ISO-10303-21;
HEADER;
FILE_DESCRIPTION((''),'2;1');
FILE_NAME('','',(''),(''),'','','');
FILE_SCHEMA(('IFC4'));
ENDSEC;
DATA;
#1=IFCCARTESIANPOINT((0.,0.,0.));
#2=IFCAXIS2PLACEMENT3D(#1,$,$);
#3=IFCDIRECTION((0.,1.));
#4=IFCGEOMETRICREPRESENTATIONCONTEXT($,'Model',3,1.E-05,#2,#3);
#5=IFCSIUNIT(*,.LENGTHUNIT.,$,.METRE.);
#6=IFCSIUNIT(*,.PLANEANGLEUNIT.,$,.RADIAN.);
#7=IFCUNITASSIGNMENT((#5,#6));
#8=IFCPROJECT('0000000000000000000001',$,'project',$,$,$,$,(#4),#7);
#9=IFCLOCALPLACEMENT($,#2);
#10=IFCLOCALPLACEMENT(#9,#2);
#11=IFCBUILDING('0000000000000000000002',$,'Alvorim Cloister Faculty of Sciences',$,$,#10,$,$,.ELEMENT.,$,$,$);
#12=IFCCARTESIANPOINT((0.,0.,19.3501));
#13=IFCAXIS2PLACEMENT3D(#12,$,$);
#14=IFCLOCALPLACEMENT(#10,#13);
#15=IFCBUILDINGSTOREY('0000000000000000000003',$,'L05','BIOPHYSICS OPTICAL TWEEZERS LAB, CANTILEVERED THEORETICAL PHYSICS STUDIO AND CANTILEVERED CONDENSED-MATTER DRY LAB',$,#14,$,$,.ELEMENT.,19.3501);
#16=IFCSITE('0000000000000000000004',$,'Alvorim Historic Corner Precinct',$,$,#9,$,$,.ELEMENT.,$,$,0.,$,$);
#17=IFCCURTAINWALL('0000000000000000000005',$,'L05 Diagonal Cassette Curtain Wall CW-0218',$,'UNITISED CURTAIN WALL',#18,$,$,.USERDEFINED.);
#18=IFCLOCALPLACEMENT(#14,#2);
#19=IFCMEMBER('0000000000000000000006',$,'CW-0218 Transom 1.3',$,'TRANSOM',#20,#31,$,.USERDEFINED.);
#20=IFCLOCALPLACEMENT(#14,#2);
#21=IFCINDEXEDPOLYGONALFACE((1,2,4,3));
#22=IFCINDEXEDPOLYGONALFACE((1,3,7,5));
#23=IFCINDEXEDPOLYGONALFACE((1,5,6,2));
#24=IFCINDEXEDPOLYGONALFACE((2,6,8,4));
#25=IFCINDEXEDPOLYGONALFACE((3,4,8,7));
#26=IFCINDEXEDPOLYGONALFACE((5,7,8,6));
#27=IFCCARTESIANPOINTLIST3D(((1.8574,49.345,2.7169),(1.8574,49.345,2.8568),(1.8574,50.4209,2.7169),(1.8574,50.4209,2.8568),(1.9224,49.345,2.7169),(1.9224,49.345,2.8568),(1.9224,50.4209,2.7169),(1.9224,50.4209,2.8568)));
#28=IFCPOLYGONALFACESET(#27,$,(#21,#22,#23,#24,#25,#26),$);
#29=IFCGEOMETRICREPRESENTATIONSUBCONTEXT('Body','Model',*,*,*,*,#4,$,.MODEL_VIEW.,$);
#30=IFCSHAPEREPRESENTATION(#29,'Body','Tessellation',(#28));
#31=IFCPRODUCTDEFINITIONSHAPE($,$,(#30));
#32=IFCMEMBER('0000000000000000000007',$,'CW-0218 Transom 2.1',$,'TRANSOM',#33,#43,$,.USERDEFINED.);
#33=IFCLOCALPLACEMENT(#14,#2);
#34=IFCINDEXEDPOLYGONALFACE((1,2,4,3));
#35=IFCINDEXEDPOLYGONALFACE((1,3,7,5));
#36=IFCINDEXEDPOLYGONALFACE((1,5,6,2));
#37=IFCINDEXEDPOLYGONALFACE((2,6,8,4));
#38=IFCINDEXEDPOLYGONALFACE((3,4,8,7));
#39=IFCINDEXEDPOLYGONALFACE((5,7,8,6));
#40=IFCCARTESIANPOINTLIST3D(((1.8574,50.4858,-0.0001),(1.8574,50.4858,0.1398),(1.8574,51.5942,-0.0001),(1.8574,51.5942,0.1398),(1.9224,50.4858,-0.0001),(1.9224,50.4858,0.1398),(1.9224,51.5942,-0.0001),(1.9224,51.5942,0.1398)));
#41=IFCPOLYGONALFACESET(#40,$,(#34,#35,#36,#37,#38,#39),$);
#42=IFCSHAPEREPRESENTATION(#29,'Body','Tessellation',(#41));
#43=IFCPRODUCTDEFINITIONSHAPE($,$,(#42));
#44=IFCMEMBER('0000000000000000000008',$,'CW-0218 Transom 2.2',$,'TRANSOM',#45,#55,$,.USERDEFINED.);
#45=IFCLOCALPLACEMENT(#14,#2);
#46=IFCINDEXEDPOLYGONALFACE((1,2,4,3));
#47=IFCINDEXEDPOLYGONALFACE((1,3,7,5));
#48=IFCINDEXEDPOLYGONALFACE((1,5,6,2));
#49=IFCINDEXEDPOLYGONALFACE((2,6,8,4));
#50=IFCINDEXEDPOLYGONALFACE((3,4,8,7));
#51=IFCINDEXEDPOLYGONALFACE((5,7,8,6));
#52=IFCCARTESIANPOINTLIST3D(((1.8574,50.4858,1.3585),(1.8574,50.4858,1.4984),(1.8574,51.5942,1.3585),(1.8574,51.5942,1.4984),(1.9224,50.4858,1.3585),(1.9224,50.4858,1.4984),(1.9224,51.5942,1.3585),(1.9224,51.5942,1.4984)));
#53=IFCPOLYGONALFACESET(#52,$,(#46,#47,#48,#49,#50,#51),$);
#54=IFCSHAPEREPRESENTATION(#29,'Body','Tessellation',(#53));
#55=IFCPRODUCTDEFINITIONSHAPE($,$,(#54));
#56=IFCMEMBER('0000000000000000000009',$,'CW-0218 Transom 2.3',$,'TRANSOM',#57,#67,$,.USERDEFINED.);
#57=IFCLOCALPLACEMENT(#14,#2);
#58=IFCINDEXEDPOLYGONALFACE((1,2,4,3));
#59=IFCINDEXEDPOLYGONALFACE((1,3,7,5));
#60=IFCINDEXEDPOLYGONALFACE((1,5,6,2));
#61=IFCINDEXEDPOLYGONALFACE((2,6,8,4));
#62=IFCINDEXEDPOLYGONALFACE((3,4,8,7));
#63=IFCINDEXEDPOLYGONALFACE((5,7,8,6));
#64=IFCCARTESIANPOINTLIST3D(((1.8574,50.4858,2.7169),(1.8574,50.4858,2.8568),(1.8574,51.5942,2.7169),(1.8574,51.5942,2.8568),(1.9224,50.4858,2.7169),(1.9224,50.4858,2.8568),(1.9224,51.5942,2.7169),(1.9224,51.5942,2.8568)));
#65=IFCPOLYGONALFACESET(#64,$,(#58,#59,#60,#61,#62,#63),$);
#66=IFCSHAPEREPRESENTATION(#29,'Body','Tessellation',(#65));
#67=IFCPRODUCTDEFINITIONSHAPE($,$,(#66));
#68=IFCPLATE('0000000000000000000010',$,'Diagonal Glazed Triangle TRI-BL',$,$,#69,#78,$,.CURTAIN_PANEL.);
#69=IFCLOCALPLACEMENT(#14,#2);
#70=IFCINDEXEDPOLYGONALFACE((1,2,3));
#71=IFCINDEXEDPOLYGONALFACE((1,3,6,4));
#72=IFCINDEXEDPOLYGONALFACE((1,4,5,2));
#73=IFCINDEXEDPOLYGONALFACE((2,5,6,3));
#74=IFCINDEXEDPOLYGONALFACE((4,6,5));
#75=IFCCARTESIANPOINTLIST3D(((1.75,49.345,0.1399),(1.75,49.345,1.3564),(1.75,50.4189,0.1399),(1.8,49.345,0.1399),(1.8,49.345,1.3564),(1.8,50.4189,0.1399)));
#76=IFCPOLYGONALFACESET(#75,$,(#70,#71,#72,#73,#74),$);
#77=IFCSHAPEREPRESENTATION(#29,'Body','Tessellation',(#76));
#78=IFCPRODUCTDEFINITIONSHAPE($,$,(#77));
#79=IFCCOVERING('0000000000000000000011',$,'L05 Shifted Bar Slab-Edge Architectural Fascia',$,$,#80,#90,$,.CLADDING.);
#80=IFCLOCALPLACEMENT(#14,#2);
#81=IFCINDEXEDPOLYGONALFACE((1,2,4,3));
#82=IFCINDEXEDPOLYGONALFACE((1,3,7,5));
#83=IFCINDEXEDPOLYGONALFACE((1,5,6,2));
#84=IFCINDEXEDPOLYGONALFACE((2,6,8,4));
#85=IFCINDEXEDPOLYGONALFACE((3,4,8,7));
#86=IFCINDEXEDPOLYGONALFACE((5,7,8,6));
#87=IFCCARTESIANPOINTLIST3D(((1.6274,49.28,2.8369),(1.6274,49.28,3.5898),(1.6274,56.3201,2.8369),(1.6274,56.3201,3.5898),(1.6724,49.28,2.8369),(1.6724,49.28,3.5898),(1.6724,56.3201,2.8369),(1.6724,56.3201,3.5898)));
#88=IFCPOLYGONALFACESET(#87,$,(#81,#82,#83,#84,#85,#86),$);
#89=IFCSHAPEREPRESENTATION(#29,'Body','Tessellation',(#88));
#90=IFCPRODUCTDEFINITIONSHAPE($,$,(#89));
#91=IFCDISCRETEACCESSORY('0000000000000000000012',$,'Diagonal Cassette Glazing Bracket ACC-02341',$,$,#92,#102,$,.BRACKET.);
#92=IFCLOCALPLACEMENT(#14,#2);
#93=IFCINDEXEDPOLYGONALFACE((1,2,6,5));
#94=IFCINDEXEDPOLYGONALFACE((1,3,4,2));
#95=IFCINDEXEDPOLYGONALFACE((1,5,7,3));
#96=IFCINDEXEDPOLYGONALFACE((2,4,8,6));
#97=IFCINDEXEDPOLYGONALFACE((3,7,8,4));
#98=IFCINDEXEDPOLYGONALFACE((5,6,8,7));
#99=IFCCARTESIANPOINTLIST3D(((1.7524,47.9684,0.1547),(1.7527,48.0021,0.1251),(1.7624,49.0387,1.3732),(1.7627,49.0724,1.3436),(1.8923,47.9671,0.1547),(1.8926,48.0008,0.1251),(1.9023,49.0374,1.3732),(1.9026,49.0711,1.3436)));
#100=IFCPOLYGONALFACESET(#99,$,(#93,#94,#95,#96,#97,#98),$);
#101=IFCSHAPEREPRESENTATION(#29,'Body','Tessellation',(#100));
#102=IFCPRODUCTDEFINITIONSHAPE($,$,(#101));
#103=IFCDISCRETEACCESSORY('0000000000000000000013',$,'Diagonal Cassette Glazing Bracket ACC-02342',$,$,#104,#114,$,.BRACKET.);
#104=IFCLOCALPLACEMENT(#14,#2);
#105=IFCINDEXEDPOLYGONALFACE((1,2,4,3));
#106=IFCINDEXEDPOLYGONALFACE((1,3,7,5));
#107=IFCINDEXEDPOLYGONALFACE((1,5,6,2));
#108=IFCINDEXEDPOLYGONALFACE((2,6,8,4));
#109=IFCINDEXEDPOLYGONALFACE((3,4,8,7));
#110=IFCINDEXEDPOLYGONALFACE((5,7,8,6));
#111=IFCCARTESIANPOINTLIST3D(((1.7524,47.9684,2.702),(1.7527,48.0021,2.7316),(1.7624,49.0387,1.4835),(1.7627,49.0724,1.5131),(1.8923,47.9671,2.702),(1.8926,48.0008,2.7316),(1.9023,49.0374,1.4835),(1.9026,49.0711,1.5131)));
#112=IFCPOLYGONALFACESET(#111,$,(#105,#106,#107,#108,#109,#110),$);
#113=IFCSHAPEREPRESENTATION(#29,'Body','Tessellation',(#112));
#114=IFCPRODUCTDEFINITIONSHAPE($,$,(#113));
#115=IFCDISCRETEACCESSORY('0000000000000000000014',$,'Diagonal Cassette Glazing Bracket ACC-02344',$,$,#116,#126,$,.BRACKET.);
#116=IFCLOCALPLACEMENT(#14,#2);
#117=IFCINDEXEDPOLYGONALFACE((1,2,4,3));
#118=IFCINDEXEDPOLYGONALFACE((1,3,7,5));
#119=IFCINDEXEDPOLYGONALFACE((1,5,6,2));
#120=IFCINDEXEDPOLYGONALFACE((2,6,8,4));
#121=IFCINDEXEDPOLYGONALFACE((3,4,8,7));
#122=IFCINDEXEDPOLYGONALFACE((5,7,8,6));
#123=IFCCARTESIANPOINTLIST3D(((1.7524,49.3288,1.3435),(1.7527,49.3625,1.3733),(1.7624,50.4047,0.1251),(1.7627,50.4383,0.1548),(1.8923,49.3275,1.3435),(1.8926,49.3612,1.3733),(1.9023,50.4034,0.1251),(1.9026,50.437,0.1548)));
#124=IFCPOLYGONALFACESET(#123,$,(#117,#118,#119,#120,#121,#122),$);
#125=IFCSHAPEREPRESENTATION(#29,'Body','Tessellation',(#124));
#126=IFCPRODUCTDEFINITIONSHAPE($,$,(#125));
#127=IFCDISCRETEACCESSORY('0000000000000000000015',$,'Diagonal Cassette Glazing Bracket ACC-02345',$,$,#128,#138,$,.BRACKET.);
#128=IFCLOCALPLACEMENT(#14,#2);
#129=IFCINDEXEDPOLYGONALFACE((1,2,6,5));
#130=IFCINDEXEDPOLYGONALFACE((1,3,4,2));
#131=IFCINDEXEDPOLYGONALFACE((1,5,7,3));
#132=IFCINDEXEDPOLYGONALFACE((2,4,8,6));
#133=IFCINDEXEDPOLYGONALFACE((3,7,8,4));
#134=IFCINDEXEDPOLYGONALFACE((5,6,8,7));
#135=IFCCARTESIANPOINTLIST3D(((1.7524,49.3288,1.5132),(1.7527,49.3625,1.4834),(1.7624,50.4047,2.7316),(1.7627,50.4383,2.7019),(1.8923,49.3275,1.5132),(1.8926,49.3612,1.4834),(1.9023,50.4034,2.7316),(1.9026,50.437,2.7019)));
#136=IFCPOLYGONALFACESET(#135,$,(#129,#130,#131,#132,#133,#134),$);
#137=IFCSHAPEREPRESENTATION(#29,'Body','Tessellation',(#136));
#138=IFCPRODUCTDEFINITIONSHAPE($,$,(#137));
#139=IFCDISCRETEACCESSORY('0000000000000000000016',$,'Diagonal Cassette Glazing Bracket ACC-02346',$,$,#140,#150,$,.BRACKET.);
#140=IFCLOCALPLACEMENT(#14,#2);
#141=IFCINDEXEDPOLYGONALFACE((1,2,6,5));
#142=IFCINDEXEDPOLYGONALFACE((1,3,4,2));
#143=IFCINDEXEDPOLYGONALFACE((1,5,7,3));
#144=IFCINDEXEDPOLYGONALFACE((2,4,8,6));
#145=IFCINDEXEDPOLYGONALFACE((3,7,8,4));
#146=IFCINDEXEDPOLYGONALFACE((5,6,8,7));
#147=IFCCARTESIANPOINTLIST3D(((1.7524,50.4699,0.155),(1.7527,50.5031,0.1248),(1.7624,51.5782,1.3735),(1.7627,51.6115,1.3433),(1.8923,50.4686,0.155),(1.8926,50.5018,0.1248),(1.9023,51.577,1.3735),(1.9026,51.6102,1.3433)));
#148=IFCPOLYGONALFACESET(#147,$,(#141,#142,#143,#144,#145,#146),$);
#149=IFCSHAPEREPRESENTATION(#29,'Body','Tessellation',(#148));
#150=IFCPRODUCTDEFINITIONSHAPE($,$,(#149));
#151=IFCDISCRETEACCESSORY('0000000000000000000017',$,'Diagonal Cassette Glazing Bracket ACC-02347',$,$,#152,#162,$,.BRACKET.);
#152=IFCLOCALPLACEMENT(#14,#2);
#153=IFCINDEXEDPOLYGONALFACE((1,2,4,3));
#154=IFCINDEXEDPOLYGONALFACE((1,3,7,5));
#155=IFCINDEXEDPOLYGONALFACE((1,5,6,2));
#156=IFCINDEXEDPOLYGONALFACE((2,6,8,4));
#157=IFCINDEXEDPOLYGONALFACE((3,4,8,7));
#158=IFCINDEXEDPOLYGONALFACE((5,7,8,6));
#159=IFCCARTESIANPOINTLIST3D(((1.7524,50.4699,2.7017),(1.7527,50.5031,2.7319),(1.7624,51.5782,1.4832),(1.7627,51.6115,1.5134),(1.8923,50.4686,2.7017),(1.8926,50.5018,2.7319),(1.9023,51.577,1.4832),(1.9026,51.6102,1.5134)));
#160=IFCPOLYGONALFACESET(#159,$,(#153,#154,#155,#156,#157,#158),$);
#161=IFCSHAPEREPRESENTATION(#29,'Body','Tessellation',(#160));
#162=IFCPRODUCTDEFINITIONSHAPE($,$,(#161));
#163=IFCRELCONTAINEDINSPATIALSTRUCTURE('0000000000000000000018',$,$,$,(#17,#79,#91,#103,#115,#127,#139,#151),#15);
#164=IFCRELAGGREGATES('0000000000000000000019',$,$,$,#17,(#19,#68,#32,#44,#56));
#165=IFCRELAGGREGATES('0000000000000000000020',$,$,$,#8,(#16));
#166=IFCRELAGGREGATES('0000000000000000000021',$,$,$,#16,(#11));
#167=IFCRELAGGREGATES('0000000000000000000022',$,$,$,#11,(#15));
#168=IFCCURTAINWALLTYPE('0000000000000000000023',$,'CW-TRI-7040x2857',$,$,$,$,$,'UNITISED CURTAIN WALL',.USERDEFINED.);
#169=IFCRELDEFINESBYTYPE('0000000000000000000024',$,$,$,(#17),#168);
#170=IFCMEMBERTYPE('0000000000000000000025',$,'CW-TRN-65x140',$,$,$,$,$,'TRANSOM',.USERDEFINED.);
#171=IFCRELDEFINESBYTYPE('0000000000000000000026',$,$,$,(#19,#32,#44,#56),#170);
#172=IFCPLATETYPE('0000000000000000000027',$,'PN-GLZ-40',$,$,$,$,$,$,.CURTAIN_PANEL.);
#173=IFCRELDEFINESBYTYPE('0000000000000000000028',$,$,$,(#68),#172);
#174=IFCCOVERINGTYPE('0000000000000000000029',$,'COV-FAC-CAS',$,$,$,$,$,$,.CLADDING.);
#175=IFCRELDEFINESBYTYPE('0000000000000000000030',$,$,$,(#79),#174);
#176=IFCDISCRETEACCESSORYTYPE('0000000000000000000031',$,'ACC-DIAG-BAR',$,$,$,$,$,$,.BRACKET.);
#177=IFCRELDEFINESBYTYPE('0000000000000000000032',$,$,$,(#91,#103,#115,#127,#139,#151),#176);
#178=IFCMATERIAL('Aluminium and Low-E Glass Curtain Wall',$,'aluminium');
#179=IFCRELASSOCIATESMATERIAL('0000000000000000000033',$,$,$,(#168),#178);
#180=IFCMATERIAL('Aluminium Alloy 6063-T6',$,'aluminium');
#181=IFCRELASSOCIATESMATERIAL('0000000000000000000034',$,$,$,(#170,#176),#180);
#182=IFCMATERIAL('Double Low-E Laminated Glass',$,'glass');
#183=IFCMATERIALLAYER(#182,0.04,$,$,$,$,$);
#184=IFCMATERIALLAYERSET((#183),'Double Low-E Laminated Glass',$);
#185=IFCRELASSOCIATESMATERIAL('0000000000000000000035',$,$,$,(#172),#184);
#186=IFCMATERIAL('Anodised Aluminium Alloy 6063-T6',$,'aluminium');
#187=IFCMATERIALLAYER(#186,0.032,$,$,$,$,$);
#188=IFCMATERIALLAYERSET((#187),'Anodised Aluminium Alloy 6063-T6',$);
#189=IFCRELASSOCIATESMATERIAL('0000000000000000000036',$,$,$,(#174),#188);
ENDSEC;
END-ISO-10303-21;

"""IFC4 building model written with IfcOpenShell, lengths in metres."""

from ifc_helpers import new_model, si_unit, direction, frame, origin, origin_2d, place, context, subcontext, project, spatial, polyline, rectangle, outline, extrude, material, layer, layer_set, material_profile, profile_set, type_object, element, aggregate, save


model = new_model("IFC4")

# Units and contexts
model_context = context("Model", 3, precision=1e-05, world=origin(), true_north=direction((0.0, 1.0)))
body_context = subcontext(model_context, "Body", "Model", "MODEL_VIEW")
ifc_project = project(units=[si_unit("LENGTHUNIT", "METRE"), si_unit("PLANEANGLEUNIT", "RADIAN")], contexts=[model_context])

# Site, building, storey
site_placement = place(None, origin())
site = spatial("IfcSite", under=ifc_project, at=site_placement, Name="Alvorim Historic Corner Precinct", CompositionType="ELEMENT", RefElevation=0.0)
building_placement = place(site_placement, origin())
building = spatial("IfcBuilding", under=site, at=building_placement, Name="Alvorim Cloister Faculty of Sciences", CompositionType="ELEMENT")
storey_placement = place(building_placement, frame((0.0, 0.0, 19.3501)))
storey = spatial("IfcBuildingStorey", under=building, at=storey_placement, Name="L05", Description="BIOPHYSICS OPTICAL TWEEZERS LAB, CANTILEVERED THEORETICAL PHYSICS STUDIO AND CANTILEVERED CONDENSED-MATTER DRY LAB", CompositionType="ELEMENT", Elevation=19.3501)

# Curtain wall
ifc_material_1 = material(Name="Aluminium and Low-E Glass Curtain Wall", Category="aluminium")
ifc_material_2 = material(Name="Aluminium Alloy 6063-T6", Category="aluminium")
curtain_wall_type_1 = type_object("IfcCurtainWallType", Name="CW-TRI-7040x2857", ElementType="UNITISED CURTAIN WALL", PredefinedType="USERDEFINED", material=ifc_material_1)
curtain_wall_1_placement = place(storey_placement, origin())
curtain_wall_1 = element("IfcCurtainWall", 1, at=curtain_wall_1_placement, inside=storey, type_object=curtain_wall_type_1, Name="L05 Diagonal Cassette Curtain Wall CW-0218", ObjectType="UNITISED CURTAIN WALL", PredefinedType="USERDEFINED")

# Members
ifc_material_profile_1 = material_profile(ifc_material_2, rectangle(XDim=0.0649, YDim=0.1399, at=origin_2d()), Name="ALU-TRN-65x140")
ifc_profile_set_1 = profile_set([ifc_material_profile_1], Name="Aluminium Alloy 6063-T6")
member_type_1 = type_object("IfcMemberType", Name="CW-TRN-65x140", ElementType="TRANSOM", PredefinedType="USERDEFINED", material=ifc_profile_set_1)
member_1_placement = place(storey_placement, frame((1.8899, 49.345, 2.7869), z_axis=(0.0, 1.0, 0.0), x_axis=(-1.0, 0.0, 0.0)))
member_1 = element("IfcMember", 2, at=member_1_placement, type_object=member_type_1, Name="CW-0218 Transom 1.3", ObjectType="TRANSOM", PredefinedType="USERDEFINED", context=body_context, shape_type="SweptSolid", body=[
    extrude(rectangle(XDim=0.0649, YDim=0.1399, at=origin_2d()), origin(), (0.0, 0.0, 1.0), 1.0759),
])
member_2_placement = place(storey_placement, frame((1.8899, 50.4858, 0.0698), z_axis=(0.0, 1.0, 0.0), x_axis=(-1.0, 0.0, 0.0)))
member_2 = element("IfcMember", 3, at=member_2_placement, type_object=member_type_1, Name="CW-0218 Transom 2.1", ObjectType="TRANSOM", PredefinedType="USERDEFINED", context=body_context, shape_type="SweptSolid", body=[
    extrude(rectangle(XDim=0.0649, YDim=0.1399, at=origin_2d()), origin(), (0.0, 0.0, 1.0), 1.1084),
])
member_3_placement = place(storey_placement, frame((1.8899, 50.4858, 1.4285), z_axis=(0.0, 1.0, 0.0), x_axis=(-1.0, 0.0, 0.0)))
member_3 = element("IfcMember", 4, at=member_3_placement, type_object=member_type_1, Name="CW-0218 Transom 2.2", ObjectType="TRANSOM", PredefinedType="USERDEFINED", context=body_context, shape_type="SweptSolid", body=[
    extrude(rectangle(XDim=0.0649, YDim=0.1399, at=origin_2d()), origin(), (0.0, 0.0, 1.0), 1.1084),
])
member_4_placement = place(storey_placement, frame((1.8899, 50.4858, 2.7869), z_axis=(0.0, 1.0, 0.0), x_axis=(-1.0, 0.0, 0.0)))
member_4 = element("IfcMember", 5, at=member_4_placement, type_object=member_type_1, Name="CW-0218 Transom 2.3", ObjectType="TRANSOM", PredefinedType="USERDEFINED", context=body_context, shape_type="SweptSolid", body=[
    extrude(rectangle(XDim=0.0649, YDim=0.1399, at=origin_2d()), origin(), (0.0, 0.0, 1.0), 1.1084),
])

# Plate
ifc_material_3 = material(Name="Double Low-E Laminated Glass", Category="glass")
ifc_layer_1 = layer(ifc_material_3, 0.04)
ifc_layer_set_1 = layer_set([ifc_layer_1], Name="Double Low-E Laminated Glass")
plate_type = type_object("IfcPlateType", Name="PN-GLZ-40", PredefinedType="CURTAIN_PANEL", material=ifc_layer_set_1)
plate_1_placement = place(storey_placement, frame((1.7749, 49.345, 0.1399), z_axis=(0.0, 0.0, 1.0), x_axis=(0.0, 1.0, 0.0)))
plate_1 = element("IfcPlate", 6, at=plate_1_placement, type_object=plate_type, Name="Diagonal Glazed Triangle TRI-BL", PredefinedType="CURTAIN_PANEL", context=body_context, shape_type="SweptSolid", body=[
    extrude(outline(polyline([(0.0, 0.0), (1.074, 0.0), (0.0, 1.2166), (0.0, 0.0)])), frame((0.0, 0.0249, 0.0), z_axis=(0.0, -1.0, 0.0), x_axis=(1.0, 0.0, 0.0)), (0.0, 0.0, 1.0), 0.05),
])
aggregate(curtain_wall_1, [member_1, plate_1, member_2, member_3, member_4])

# Covering
ifc_material_4 = material(Name="Anodised Aluminium Alloy 6063-T6", Category="aluminium")
ifc_layer_2 = layer(ifc_material_4, 0.032)
ifc_layer_set_2 = layer_set([ifc_layer_2], Name="Anodised Aluminium Alloy 6063-T6")
covering_type = type_object("IfcCoveringType", Name="COV-FAC-CAS", PredefinedType="CLADDING", material=ifc_layer_set_2)
covering_placement = place(storey_placement, frame((1.6499, 49.28, 2.8369), z_axis=(0.0, 0.0, 1.0), x_axis=(0.0, 1.0, 0.0)))
element("IfcCovering", 7, at=covering_placement, inside=storey, type_object=covering_type, Name="L05 Shifted Bar Slab-Edge Architectural Fascia", PredefinedType="CLADDING", context=body_context, shape_type="SweptSolid", body=[
    extrude(outline(polyline([(0.0, 0.0), (7.04, 0.0), (7.04, 0.7529), (0.0, 0.7529), (0.0, 0.0)])), frame((0.0, 0.0225, 0.0), z_axis=(0.0, -1.0, 0.0), x_axis=(1.0, 0.0, 0.0)), (0.0, 0.0, 1.0), 0.0449),
])

# Discrete accessories
discrete_accessory_type = type_object("IfcDiscreteAccessoryType", Name="ACC-DIAG-BAR", PredefinedType="BRACKET", material=ifc_material_2)
for number, where, z_axis, x_axis, name in (
    (8, (1.8225, 47.9846, 0.1399), (0.006172, 0.65993, 0.751302), (-0.999956, 0.009352, 0.0), "Diagonal Cassette Glazing Bracket ACC-02341"),
    (9, (1.8225, 47.9846, 2.7168), (0.006172, 0.65993, -0.751302), (-0.999956, 0.009352, 0.0), "Diagonal Cassette Glazing Bracket ACC-02342"),
):
    element("IfcDiscreteAccessory", number, at=place(storey_placement, frame(where, z_axis=z_axis, x_axis=x_axis)), inside=storey, type_object=discrete_accessory_type, Name=name, PredefinedType="BRACKET", context=body_context, shape_type="SweptSolid", body=[
        extrude(rectangle(XDim=0.1399, YDim=0.0449, at=origin_2d()), origin(), (0.0, 0.0, 1.0), 1.6218),
    ])
for number, where, z_axis, x_axis, name in (
    (10, (1.8225, 49.345, 1.3584), (0.006158, 0.661877, -0.749587), (-0.999957, 0.009303, 0.0), "Diagonal Cassette Glazing Bracket ACC-02344"),
    (11, (1.8225, 49.345, 1.4983), (0.006158, 0.661877, 0.749587), (-0.999957, 0.009303, 0.0), "Diagonal Cassette Glazing Bracket ACC-02345"),
):
    element("IfcDiscreteAccessory", number, at=place(storey_placement, frame(where, z_axis=z_axis, x_axis=x_axis)), inside=storey, type_object=discrete_accessory_type, Name=name, PredefinedType="BRACKET", context=body_context, shape_type="SweptSolid", body=[
        extrude(rectangle(XDim=0.1399, YDim=0.0449, at=origin_2d()), origin(), (0.0, 0.0, 1.0), 1.6255),
    ])
for number, where, z_axis, x_axis, name in (
    (12, (1.8225, 50.4858, 0.1399), (0.006077, 0.672882, 0.739725), (-0.999959, 0.00903, 0.0), "Diagonal Cassette Glazing Bracket ACC-02346"),
    (13, (1.8225, 50.4858, 2.7168), (0.006077, 0.672882, -0.739725), (-0.999959, 0.00903, 0.0), "Diagonal Cassette Glazing Bracket ACC-02347"),
):
    element("IfcDiscreteAccessory", number, at=place(storey_placement, frame(where, z_axis=z_axis, x_axis=x_axis)), inside=storey, type_object=discrete_accessory_type, Name=name, PredefinedType="BRACKET", context=body_context, shape_type="SweptSolid", body=[
        extrude(rectangle(XDim=0.1399, YDim=0.0449, at=origin_2d()), origin(), (0.0, 0.0, 1.0), 1.6472),
    ])

save(model, "model.ifc")
